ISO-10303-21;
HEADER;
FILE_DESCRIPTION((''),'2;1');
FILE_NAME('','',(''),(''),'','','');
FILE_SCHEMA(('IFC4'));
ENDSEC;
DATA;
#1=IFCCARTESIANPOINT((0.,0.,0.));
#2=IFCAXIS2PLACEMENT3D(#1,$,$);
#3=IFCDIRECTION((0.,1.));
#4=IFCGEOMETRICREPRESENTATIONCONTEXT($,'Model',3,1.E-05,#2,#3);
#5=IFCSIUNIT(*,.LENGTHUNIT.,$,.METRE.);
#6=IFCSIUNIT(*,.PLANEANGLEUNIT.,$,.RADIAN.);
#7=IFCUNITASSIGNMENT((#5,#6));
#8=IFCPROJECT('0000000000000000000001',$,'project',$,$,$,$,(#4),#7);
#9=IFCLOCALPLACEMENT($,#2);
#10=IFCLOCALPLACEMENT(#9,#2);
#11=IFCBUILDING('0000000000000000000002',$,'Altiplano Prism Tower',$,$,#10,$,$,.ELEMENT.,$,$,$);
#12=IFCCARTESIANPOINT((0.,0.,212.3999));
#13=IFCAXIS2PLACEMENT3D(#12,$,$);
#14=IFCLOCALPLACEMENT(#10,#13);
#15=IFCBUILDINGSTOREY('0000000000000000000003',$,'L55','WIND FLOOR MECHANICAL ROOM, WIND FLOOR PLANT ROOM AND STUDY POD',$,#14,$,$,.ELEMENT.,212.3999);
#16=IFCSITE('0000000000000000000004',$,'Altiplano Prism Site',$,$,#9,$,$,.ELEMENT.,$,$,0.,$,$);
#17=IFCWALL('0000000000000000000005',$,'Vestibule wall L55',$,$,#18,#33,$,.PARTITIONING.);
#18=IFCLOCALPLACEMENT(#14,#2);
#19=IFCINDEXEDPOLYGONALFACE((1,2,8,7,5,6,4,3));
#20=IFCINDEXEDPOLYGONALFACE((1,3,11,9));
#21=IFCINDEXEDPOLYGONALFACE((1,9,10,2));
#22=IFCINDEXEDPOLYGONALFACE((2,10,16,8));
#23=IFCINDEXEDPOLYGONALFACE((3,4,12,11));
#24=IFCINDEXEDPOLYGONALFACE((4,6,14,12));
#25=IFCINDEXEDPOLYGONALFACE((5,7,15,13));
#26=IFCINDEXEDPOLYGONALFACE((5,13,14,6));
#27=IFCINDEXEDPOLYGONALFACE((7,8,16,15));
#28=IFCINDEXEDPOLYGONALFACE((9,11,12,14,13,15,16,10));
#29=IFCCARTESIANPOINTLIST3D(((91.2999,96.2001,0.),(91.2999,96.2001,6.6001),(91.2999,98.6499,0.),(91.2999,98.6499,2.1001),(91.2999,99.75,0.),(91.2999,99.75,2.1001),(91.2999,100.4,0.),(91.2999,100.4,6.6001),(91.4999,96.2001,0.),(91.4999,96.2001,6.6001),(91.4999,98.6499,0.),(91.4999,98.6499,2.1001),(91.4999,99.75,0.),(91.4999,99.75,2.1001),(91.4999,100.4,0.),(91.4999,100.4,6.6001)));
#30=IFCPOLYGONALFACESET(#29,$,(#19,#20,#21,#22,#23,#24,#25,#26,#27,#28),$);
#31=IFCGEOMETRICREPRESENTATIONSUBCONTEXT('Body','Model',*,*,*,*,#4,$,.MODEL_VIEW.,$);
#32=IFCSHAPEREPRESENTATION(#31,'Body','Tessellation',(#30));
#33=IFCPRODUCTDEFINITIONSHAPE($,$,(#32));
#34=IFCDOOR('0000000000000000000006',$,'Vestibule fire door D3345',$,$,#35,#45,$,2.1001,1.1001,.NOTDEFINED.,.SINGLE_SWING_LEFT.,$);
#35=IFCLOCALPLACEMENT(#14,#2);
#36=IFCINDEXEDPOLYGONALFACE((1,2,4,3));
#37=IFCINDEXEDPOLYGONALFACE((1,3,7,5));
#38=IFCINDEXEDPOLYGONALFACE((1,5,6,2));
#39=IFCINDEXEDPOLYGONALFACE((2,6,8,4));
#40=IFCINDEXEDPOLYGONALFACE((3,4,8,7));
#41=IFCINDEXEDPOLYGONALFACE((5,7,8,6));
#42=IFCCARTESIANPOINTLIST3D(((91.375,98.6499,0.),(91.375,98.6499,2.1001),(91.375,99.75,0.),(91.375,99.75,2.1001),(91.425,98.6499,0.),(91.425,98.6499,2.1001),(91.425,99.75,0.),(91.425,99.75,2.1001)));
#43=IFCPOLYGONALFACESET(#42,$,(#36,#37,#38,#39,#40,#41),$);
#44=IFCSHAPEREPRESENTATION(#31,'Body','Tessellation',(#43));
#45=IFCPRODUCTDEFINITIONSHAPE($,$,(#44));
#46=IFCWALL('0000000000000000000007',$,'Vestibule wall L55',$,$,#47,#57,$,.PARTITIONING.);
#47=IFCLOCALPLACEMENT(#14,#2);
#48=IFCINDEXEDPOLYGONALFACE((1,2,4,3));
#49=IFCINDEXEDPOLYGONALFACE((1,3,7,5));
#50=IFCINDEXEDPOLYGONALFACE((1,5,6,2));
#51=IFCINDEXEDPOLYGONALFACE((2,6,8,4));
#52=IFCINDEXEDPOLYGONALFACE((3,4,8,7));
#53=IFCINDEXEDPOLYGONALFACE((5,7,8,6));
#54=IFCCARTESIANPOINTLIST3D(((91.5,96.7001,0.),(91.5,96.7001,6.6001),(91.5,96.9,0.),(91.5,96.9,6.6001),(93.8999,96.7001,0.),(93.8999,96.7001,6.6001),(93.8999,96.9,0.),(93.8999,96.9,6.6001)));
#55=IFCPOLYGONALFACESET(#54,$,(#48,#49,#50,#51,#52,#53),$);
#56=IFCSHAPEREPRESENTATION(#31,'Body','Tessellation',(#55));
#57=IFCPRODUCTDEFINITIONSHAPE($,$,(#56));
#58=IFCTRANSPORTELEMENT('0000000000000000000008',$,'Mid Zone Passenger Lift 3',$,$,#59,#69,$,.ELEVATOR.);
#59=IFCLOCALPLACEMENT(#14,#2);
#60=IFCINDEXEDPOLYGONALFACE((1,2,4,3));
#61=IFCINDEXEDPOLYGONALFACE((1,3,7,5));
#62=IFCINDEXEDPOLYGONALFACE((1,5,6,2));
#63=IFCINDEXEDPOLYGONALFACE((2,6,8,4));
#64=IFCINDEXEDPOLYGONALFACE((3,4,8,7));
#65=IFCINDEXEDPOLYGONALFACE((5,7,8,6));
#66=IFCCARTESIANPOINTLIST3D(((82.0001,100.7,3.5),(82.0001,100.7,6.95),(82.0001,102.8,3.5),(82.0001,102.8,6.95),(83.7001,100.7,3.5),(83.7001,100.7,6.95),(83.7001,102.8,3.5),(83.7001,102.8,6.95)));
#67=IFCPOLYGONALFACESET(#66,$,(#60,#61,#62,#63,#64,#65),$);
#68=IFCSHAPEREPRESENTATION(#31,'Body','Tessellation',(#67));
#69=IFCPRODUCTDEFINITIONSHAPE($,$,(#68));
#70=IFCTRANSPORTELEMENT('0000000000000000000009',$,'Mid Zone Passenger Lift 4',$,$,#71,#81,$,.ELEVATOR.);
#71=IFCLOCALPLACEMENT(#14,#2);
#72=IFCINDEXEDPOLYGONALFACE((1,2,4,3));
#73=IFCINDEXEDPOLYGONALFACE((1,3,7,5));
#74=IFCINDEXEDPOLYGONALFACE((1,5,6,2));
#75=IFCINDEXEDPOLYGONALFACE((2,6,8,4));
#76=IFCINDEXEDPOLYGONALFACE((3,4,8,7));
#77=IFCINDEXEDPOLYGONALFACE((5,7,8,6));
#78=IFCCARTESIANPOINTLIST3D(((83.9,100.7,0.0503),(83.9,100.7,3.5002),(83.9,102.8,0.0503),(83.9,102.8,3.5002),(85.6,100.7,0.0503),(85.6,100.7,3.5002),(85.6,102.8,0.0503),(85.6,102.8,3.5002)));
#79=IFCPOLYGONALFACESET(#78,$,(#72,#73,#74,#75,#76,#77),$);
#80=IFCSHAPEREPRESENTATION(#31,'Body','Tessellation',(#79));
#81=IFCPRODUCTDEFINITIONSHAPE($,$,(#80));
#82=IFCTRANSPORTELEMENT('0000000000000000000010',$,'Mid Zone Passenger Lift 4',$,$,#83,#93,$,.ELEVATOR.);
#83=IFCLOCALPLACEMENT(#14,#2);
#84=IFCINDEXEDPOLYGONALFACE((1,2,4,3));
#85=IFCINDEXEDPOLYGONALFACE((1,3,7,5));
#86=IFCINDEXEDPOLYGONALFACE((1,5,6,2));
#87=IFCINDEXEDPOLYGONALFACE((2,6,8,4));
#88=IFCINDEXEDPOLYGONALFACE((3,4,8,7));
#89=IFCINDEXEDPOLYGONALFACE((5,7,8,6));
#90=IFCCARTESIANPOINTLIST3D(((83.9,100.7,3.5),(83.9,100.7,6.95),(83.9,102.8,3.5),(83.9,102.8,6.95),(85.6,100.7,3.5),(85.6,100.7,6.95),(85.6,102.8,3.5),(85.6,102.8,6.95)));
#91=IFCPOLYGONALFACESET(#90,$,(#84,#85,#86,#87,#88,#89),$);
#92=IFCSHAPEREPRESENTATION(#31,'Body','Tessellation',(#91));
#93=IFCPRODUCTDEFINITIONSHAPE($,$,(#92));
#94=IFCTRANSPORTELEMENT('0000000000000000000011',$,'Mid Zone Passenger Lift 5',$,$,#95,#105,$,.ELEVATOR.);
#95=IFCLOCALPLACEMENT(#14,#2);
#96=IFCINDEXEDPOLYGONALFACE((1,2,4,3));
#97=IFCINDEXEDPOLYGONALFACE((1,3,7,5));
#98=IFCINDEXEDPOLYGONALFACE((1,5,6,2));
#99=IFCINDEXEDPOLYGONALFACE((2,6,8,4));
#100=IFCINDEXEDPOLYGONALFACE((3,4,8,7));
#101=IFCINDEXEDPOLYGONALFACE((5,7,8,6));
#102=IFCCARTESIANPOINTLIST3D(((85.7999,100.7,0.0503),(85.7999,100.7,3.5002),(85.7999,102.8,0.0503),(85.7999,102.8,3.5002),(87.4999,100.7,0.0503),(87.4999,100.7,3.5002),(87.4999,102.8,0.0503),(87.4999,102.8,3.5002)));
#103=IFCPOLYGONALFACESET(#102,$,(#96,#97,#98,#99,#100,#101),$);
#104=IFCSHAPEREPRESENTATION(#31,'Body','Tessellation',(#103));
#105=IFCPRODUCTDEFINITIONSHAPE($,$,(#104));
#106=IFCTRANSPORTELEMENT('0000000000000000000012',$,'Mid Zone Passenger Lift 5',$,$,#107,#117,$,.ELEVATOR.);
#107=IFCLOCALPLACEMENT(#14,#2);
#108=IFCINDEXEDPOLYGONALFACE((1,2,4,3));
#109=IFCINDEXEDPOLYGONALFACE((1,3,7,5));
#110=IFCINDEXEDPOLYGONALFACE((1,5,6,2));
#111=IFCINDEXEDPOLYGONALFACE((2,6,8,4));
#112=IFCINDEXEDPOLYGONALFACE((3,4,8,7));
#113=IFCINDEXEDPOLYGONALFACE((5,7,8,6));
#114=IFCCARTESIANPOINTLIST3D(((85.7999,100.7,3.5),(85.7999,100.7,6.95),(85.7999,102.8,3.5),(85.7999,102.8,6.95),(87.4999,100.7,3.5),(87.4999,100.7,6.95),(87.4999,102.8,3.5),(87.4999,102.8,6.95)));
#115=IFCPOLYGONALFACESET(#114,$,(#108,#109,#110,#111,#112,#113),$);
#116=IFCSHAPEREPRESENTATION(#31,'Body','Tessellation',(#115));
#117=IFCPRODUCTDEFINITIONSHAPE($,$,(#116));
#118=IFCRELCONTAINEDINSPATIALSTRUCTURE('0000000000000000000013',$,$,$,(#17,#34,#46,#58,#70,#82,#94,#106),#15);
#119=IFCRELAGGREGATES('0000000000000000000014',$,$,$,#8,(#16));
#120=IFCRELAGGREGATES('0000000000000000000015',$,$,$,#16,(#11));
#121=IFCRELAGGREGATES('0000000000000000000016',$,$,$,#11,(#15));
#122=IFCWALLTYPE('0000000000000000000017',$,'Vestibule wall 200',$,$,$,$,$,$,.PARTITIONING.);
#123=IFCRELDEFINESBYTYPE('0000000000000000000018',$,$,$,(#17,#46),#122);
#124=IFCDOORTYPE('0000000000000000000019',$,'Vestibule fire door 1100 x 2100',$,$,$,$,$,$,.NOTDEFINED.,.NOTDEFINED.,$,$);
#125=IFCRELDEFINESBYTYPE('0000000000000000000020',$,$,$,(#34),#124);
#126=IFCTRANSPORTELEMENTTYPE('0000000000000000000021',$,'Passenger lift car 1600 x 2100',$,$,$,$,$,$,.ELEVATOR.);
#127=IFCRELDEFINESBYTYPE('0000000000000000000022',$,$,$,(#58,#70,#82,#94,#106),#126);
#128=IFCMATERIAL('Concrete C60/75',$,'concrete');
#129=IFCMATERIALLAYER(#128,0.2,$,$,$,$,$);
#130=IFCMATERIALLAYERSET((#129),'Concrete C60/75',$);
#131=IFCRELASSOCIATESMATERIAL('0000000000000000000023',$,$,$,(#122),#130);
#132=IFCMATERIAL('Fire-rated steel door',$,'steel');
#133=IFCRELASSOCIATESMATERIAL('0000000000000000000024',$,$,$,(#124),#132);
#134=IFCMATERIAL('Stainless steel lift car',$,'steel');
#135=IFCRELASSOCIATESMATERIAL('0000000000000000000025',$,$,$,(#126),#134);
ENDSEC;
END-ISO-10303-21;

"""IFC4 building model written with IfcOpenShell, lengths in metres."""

from ifc_helpers import new_model, si_unit, direction, frame, frame_2d, origin, origin_2d, place, context, subcontext, project, spatial, rectangle, extrude, material, layer, layer_set, type_object, element, fill, save


model = new_model("IFC4")

# Units and contexts
model_context = context("Model", 3, precision=1e-05, world=origin(), true_north=direction((0.0, 1.0)))
body_context = subcontext(model_context, "Body", "Model", "MODEL_VIEW")
ifc_project = project(units=[si_unit("LENGTHUNIT", "METRE"), si_unit("PLANEANGLEUNIT", "RADIAN")], contexts=[model_context])

# Site, building, storey
site_placement = place(None, origin())
site = spatial("IfcSite", under=ifc_project, at=site_placement, Name="Altiplano Prism Site", CompositionType="ELEMENT", RefElevation=0.0)
building_placement = place(site_placement, origin())
building = spatial("IfcBuilding", under=site, at=building_placement, Name="Altiplano Prism Tower", CompositionType="ELEMENT")
storey_placement = place(building_placement, frame((0.0, 0.0, 212.3999)))
storey = spatial("IfcBuildingStorey", under=building, at=storey_placement, Name="L55", Description="WIND FLOOR MECHANICAL ROOM, WIND FLOOR PLANT ROOM AND STUDY POD", CompositionType="ELEMENT", Elevation=212.3999)

# Shared definitions
ifc_material_1 = material(Name="Concrete C60/75", Category="concrete")

# Shared definitions
ifc_material_2 = material(Name="Fire-rated steel door", Category="steel")

# Shared definitions
ifc_layer_1 = layer(ifc_material_1, 0.2)
ifc_layer_set_1 = layer_set([ifc_layer_1], Name="Concrete C60/75")
wall_type_1 = type_object("IfcWallType", Name="Vestibule wall 200", PredefinedType="PARTITIONING", material=ifc_layer_set_1)
door_type_1 = type_object("IfcDoorType", Name="Vestibule fire door 1100 x 2100", OperationType="NOTDEFINED", PredefinedType="NOTDEFINED", material=ifc_material_2)

# Wall, opening, door
wall_1_placement = place(storey_placement, frame((91.3999, 96.2, 0.0), z_axis=(0.0, 0.0, 1.0), x_axis=(0.0, 1.0, 0.0)))
wall_1 = element("IfcWall", 1, at=wall_1_placement, inside=storey, type_object=wall_type_1, Name="Vestibule wall L55", PredefinedType="PARTITIONING", context=body_context, shape_type="SweptSolid", body=[
    extrude(rectangle(XDim=4.2, YDim=0.2, at=frame_2d((2.1001, 0.0))), origin(), (0.0, 0.0, 1.0), 6.6001),
])
opening_1_placement = place(wall_1_placement, frame((2.45, 0.0, 0.0)))
opening_1 = element("IfcOpeningElement", 2, at=opening_1_placement, cuts=wall_1, PredefinedType="OPENING", context=body_context, shape_type="SweptSolid", body=[
    extrude(rectangle(XDim=1.1001, YDim=2.1001, at=frame_2d((0.55, 1.05))), frame((0.0, 0.1104, 0.0), z_axis=(0.0, -1.0, 0.0), x_axis=(1.0, 0.0, 0.0)), (0.0, 0.0, 1.0), 0.2209),
])
door_1_placement = place(opening_1_placement, origin())
door_1 = element("IfcDoor", 3, at=door_1_placement, inside=storey, type_object=door_type_1, Name="Vestibule fire door D3345", OperationType="SINGLE_SWING_LEFT", OverallHeight=2.1001, OverallWidth=1.1001, PredefinedType="NOTDEFINED", context=body_context, shape_type="SweptSolid", body=[
    extrude(rectangle(XDim=1.1001, YDim=2.1001, at=frame_2d((0.55, 1.05))), frame((0.0, 0.0249, 0.0), z_axis=(0.0, -1.0, 0.0), x_axis=(1.0, 0.0, 0.0)), (0.0, 0.0, 1.0), 0.05),
])
fill(opening_1, door_1)

# Wall
wall_2_placement = place(storey_placement, frame((91.5, 96.8, 0.0), z_axis=(0.0, 0.0, 1.0), x_axis=(1.0, 0.0, 0.0)))
element("IfcWall", 4, at=wall_2_placement, inside=storey, type_object=wall_type_1, Name="Vestibule wall L55", PredefinedType="PARTITIONING", context=body_context, shape_type="SweptSolid", body=[
    extrude(rectangle(XDim=2.3999, YDim=0.2, at=frame_2d((1.2, 0.0))), origin(), (0.0, 0.0, 1.0), 6.6001),
])

# Transport elements
ifc_material_3 = material(Name="Stainless steel lift car", Category="steel")
transport_element_type = type_object("IfcTransportElementType", Name="Passenger lift car 1600 x 2100", PredefinedType="ELEVATOR", material=ifc_material_3)
for number, where, z_axis, x_axis, name in (
    (5, (82.8501, 101.75, 3.5), (0.0, 0.0, 1.0), (1.0, 0.0, 0.0), "Mid Zone Passenger Lift 3"),
    (6, (84.75, 101.75, 0.0503), (0.0, 0.0, 1.0), (1.0, 0.0, 0.0), "Mid Zone Passenger Lift 4"),
    (7, (84.75, 101.75, 3.5), (0.0, 0.0, 1.0), (1.0, 0.0, 0.0), "Mid Zone Passenger Lift 4"),
    (8, (86.6499, 101.75, 0.0503), (0.0, 0.0, 1.0), (1.0, 0.0, 0.0), "Mid Zone Passenger Lift 5"),
    (9, (86.6499, 101.75, 3.5), (0.0, 0.0, 1.0), (1.0, 0.0, 0.0), "Mid Zone Passenger Lift 5"),
):
    element("IfcTransportElement", number, at=place(storey_placement, frame(where, z_axis=z_axis, x_axis=x_axis)), inside=storey, type_object=transport_element_type, Name=name, PredefinedType="ELEVATOR", context=body_context, shape_type="SweptSolid", body=[
        extrude(rectangle(XDim=1.7, YDim=2.1001, at=origin_2d()), origin(), (0.0, 0.0, 1.0), 3.45),
    ])

save(model, "model.ifc")
